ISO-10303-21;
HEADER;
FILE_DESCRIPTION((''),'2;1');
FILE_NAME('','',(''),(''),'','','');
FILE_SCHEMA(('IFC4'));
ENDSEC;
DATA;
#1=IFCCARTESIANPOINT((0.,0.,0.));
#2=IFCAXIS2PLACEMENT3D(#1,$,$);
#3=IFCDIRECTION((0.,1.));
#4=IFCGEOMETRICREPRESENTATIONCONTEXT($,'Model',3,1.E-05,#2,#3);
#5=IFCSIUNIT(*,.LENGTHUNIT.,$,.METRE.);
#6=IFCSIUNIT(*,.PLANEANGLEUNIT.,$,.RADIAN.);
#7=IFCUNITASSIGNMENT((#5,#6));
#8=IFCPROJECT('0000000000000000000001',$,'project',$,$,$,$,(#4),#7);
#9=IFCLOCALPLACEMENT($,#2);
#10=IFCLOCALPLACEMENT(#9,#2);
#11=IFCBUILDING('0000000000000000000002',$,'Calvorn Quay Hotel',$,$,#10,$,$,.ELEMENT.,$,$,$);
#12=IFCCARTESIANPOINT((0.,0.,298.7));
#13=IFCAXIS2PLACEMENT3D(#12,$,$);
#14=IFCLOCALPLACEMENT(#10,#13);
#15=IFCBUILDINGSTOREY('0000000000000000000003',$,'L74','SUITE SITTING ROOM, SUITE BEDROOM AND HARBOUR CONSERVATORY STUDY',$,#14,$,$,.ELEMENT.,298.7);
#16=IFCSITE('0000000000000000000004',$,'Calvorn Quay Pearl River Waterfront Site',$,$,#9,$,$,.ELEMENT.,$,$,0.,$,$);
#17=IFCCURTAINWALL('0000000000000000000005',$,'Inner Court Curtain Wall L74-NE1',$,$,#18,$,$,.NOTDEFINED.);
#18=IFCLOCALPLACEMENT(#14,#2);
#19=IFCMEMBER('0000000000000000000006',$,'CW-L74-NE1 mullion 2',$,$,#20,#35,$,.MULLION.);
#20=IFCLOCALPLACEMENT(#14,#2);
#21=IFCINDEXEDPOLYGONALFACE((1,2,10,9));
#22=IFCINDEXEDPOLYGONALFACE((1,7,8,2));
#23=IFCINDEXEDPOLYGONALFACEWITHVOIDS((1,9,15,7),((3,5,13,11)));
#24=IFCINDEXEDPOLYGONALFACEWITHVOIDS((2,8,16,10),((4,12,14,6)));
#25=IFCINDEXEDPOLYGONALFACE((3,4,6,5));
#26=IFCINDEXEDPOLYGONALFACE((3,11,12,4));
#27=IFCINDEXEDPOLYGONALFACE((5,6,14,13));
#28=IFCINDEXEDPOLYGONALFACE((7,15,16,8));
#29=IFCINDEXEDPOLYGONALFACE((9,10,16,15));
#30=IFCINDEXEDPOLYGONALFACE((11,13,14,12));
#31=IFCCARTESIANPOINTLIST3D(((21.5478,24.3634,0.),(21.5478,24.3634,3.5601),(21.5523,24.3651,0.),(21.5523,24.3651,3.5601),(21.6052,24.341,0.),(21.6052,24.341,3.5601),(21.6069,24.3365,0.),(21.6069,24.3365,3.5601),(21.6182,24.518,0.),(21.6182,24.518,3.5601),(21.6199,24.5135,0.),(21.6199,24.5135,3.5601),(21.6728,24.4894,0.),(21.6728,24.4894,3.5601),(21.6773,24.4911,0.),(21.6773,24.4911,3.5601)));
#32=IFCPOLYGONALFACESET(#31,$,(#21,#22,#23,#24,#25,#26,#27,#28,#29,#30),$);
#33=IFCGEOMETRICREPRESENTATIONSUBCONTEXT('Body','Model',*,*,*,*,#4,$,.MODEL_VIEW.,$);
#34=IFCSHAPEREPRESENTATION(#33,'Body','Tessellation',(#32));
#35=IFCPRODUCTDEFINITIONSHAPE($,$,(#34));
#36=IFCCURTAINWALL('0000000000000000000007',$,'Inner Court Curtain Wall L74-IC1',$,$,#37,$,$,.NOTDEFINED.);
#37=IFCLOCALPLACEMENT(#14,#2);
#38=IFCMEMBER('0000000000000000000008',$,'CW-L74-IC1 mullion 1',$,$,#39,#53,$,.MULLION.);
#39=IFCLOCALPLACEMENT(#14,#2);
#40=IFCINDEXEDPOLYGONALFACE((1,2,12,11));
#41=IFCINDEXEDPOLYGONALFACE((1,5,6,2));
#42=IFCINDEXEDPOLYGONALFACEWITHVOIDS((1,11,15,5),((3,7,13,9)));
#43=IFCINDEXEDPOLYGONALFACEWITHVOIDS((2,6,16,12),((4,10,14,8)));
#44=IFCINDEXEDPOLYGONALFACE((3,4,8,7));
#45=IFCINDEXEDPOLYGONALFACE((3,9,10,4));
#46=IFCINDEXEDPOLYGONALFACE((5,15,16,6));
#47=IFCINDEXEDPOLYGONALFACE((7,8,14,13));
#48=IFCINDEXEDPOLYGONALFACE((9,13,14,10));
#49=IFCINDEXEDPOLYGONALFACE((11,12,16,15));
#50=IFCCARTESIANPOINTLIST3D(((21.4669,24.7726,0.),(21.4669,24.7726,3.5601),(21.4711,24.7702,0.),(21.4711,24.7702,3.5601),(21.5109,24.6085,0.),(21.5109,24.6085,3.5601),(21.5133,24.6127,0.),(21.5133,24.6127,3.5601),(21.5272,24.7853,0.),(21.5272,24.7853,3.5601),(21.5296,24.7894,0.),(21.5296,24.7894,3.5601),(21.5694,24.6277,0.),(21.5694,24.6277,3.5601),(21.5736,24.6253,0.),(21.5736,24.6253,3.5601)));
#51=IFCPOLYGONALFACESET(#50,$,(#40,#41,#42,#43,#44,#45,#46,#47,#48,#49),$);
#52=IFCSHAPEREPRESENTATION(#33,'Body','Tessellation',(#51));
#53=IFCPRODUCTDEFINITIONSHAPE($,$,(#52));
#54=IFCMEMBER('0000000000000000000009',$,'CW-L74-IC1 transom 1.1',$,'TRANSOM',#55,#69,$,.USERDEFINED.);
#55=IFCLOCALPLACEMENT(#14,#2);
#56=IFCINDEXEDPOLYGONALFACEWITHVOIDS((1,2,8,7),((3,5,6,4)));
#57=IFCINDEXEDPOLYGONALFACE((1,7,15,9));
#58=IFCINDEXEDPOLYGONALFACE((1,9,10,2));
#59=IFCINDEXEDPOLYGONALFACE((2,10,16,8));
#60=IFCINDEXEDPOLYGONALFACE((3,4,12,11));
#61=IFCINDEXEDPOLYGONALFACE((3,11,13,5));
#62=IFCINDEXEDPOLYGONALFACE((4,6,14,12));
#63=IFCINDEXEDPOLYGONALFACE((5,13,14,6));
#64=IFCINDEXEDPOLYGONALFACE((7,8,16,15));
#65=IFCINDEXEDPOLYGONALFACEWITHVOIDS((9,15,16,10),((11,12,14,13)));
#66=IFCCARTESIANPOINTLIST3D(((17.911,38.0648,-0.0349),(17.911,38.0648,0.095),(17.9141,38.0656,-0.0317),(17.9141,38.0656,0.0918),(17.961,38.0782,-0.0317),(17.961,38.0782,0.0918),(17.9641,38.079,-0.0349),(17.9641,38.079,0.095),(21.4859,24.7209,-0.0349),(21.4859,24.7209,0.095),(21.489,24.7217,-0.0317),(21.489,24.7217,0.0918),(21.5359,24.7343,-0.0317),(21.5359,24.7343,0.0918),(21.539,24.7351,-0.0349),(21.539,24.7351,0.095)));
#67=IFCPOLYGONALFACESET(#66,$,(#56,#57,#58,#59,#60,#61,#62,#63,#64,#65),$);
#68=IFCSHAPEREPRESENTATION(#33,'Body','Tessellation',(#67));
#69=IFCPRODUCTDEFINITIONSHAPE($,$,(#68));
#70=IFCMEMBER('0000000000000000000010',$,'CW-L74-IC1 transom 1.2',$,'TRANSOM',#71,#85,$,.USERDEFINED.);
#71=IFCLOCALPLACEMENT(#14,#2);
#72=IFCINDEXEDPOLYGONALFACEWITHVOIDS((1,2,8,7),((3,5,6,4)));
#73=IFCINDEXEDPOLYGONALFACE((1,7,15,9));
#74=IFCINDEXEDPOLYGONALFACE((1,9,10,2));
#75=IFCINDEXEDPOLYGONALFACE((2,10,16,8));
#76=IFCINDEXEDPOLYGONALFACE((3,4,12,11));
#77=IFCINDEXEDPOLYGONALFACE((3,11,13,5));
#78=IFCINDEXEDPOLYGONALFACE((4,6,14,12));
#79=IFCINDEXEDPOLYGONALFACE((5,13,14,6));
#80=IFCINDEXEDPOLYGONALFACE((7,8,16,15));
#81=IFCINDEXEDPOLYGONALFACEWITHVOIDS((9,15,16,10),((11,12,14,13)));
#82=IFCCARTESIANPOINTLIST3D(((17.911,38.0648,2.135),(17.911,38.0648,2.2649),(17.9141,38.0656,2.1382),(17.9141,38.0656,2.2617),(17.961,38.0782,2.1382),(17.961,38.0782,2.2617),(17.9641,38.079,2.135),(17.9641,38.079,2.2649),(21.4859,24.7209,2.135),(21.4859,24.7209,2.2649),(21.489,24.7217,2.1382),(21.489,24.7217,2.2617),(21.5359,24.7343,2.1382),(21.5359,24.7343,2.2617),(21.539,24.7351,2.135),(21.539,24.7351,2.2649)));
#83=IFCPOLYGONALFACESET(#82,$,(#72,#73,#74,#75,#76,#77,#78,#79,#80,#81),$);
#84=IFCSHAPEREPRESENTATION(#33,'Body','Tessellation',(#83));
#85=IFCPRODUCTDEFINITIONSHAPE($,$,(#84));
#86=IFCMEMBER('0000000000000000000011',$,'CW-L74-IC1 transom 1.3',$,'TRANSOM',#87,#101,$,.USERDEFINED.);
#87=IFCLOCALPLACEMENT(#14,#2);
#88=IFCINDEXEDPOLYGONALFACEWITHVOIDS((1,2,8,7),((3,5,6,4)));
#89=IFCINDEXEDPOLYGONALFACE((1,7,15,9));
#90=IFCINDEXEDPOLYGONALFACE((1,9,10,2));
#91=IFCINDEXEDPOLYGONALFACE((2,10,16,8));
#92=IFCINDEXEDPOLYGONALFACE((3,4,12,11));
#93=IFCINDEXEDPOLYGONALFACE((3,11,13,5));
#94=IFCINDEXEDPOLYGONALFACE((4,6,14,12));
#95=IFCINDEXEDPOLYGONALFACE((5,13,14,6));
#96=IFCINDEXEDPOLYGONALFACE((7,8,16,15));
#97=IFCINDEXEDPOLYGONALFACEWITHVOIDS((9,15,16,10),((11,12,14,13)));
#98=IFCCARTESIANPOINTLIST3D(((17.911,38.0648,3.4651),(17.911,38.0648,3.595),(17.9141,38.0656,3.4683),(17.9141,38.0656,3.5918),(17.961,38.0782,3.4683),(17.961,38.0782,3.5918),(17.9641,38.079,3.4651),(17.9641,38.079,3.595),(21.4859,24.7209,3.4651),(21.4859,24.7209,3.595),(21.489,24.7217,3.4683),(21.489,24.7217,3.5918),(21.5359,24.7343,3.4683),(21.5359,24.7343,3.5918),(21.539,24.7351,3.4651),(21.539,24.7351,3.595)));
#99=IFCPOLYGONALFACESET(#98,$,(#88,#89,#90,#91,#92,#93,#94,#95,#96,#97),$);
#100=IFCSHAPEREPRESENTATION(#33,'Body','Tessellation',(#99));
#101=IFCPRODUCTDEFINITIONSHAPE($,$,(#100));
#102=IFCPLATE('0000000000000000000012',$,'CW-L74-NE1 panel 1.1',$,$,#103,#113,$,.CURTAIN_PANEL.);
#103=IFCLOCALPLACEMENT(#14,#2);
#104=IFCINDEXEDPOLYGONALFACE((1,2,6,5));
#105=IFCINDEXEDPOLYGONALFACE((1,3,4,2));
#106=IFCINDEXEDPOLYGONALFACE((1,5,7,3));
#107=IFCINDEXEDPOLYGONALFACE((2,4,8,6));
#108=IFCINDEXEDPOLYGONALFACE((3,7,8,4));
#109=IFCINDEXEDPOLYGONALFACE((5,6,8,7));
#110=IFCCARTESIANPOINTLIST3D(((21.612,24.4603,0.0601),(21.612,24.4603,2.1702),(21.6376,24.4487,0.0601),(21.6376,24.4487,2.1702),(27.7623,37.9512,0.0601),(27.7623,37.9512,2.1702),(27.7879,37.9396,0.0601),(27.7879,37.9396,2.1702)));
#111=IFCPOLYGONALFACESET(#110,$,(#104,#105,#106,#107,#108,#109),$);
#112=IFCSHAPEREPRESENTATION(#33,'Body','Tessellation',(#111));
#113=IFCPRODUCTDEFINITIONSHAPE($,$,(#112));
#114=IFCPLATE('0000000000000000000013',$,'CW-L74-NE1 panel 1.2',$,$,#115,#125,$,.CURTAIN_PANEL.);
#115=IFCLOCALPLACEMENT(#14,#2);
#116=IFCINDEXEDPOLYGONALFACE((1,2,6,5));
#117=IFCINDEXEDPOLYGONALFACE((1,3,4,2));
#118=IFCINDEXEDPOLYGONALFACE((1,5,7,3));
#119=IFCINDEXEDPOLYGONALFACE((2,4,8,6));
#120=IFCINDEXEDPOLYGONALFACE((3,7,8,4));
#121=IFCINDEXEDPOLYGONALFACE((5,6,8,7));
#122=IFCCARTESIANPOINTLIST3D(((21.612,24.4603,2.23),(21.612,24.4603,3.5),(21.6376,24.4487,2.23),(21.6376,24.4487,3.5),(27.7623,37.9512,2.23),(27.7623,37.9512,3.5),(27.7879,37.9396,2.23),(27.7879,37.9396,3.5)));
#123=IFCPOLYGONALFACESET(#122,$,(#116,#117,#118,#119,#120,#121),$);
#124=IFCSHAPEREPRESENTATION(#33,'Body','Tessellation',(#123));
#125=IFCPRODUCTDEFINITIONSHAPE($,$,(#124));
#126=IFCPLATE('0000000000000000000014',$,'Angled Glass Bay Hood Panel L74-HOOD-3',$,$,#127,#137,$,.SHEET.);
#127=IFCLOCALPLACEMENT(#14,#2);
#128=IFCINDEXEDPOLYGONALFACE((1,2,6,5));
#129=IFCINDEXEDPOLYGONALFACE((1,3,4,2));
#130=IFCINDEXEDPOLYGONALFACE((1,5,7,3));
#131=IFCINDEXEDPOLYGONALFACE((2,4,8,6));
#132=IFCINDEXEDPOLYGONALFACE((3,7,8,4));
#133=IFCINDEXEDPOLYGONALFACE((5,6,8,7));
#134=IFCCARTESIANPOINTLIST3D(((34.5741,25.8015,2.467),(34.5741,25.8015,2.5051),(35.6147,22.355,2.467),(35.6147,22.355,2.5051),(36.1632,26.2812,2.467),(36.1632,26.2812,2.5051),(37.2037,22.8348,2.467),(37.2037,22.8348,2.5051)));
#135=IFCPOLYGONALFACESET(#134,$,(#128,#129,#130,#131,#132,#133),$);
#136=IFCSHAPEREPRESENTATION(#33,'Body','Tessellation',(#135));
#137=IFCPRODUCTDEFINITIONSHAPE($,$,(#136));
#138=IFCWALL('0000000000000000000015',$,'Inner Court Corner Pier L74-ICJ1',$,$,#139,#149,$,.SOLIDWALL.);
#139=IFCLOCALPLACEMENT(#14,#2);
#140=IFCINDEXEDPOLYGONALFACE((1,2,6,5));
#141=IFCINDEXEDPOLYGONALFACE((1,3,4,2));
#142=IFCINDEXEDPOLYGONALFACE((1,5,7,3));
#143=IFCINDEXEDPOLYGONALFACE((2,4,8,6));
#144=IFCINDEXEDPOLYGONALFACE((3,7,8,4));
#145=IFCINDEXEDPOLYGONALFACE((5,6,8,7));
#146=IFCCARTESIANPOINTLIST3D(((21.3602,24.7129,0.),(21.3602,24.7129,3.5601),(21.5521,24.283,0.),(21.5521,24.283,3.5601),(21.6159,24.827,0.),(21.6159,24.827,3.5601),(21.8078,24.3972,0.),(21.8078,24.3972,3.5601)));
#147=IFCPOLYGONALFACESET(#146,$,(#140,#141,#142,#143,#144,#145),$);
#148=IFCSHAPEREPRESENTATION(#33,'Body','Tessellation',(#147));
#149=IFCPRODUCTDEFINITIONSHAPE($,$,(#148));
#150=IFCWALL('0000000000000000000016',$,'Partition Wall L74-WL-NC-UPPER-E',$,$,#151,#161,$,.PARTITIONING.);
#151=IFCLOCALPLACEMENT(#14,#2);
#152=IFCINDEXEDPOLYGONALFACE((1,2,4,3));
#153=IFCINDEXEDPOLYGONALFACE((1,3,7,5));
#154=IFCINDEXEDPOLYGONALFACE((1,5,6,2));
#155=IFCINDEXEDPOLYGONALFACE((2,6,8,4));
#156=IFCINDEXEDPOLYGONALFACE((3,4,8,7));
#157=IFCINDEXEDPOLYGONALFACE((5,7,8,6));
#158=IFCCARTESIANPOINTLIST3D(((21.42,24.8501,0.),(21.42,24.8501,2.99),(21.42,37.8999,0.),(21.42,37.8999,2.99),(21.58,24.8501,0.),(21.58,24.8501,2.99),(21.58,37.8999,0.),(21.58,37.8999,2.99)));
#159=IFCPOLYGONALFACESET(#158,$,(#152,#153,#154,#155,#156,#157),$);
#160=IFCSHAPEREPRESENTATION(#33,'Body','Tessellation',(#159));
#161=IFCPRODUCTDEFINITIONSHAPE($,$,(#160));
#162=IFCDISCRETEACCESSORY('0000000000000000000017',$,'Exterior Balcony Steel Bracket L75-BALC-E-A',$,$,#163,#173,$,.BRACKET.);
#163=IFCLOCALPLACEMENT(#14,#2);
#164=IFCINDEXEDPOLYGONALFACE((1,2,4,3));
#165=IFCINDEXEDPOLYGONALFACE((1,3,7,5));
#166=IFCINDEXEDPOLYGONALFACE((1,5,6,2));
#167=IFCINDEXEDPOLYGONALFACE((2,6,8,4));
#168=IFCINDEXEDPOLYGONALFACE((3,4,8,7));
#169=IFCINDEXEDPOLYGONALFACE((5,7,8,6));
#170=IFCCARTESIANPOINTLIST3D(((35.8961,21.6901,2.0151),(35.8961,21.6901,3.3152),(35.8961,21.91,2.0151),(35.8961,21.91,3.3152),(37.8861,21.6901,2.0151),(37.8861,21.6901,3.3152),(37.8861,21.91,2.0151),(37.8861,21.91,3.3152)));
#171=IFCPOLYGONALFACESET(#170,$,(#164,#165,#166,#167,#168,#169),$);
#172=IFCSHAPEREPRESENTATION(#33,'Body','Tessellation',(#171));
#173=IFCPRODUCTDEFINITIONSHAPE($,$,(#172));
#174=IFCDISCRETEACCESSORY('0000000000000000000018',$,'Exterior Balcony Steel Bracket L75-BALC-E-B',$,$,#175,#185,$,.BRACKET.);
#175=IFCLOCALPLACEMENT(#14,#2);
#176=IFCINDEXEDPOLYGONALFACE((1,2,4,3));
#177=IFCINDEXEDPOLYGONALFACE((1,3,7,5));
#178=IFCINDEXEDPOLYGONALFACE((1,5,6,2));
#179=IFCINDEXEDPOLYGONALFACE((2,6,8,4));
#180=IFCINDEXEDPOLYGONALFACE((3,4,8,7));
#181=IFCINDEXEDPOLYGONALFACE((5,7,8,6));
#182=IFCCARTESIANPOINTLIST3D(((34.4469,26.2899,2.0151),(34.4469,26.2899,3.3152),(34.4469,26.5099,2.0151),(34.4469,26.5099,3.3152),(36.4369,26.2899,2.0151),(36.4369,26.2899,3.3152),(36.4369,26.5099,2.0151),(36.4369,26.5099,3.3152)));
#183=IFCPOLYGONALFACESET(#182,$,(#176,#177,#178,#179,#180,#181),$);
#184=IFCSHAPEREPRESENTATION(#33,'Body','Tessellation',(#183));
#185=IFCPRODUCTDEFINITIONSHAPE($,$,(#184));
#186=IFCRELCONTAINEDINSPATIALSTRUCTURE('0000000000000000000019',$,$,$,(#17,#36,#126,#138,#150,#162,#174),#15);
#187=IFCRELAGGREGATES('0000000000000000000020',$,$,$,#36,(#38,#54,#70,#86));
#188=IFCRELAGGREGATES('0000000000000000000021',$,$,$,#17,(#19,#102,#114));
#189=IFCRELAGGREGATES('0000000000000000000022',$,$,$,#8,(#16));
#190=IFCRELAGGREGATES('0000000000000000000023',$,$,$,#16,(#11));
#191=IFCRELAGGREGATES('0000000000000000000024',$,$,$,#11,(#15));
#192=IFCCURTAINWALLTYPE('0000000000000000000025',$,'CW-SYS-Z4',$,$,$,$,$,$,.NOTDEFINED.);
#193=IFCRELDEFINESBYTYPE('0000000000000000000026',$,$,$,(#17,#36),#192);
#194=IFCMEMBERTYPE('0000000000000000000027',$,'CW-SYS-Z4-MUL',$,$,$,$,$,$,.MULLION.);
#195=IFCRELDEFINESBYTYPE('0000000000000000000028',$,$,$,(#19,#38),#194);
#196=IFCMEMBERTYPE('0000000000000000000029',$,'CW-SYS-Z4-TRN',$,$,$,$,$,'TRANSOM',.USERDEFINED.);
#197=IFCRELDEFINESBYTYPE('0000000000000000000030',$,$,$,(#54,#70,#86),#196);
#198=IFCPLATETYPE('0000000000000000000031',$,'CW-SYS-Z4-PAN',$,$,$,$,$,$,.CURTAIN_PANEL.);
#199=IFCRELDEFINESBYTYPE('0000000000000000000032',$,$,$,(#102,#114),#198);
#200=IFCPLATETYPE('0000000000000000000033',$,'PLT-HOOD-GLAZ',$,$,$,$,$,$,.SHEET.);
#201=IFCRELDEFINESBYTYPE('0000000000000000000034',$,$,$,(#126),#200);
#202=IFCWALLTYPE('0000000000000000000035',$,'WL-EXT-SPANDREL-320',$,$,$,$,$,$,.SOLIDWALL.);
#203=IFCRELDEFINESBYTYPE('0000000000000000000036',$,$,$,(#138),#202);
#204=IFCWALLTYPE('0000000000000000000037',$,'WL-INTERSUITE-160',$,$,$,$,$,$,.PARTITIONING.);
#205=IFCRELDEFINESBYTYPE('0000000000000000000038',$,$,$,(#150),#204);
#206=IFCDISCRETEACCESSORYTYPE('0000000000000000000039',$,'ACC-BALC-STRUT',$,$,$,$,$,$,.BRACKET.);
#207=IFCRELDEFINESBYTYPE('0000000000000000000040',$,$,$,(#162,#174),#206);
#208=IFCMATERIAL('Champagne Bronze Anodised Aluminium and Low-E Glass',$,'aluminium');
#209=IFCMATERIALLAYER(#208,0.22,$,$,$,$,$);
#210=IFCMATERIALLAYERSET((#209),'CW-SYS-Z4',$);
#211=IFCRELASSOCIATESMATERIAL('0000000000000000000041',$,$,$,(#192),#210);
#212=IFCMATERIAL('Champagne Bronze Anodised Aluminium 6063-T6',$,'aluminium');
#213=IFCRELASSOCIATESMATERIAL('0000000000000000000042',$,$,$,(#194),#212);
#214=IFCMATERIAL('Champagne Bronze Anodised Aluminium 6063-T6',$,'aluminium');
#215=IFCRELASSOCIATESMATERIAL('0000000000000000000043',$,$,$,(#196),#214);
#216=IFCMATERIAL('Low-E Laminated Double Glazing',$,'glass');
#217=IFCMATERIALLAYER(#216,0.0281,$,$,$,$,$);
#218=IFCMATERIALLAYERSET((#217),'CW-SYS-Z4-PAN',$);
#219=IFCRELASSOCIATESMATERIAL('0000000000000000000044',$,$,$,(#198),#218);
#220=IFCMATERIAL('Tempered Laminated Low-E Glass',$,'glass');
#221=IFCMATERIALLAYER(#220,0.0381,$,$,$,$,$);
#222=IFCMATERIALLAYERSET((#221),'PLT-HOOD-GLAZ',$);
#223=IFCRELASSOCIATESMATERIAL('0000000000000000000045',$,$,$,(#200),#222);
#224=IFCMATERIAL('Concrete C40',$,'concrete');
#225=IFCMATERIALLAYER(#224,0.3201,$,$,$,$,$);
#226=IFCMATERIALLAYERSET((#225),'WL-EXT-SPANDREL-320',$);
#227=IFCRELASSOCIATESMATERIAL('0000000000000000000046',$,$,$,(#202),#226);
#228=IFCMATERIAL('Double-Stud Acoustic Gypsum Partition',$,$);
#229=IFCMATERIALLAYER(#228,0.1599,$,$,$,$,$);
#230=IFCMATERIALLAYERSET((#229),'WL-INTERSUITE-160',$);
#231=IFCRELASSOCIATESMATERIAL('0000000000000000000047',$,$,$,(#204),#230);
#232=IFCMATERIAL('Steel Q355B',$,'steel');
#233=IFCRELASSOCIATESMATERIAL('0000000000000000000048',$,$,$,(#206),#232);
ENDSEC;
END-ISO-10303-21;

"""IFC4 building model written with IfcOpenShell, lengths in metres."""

from ifc_helpers import new_model, si_unit, direction, frame, frame_2d, origin, origin_2d, place, context, subcontext, project, spatial, rectangle, hollow_rectangle, extrude, material, layer, layer_set, material_profile, profile_set, type_object, element, aggregate, save


model = new_model("IFC4")

# Units and contexts
model_context = context("Model", 3, precision=1e-05, world=origin(), true_north=direction((0.0, 1.0)))
body_context = subcontext(model_context, "Body", "Model", "MODEL_VIEW")
ifc_project = project(units=[si_unit("LENGTHUNIT", "METRE"), si_unit("PLANEANGLEUNIT", "RADIAN")], contexts=[model_context])

# Site, building, storey
site_placement = place(None, origin())
site = spatial("IfcSite", under=ifc_project, at=site_placement, Name="Calvorn Quay Pearl River Waterfront Site", CompositionType="ELEMENT", RefElevation=0.0)
building_placement = place(site_placement, origin())
building = spatial("IfcBuilding", under=site, at=building_placement, Name="Calvorn Quay Hotel", CompositionType="ELEMENT")
storey_placement = place(building_placement, frame((0.0, 0.0, 298.7)))
storey = spatial("IfcBuildingStorey", under=building, at=storey_placement, Name="L74", Description="SUITE SITTING ROOM, SUITE BEDROOM AND HARBOUR CONSERVATORY STUDY", CompositionType="ELEMENT", Elevation=298.7)

# Curtain wall, member
ifc_material_1 = material(Name="Champagne Bronze Anodised Aluminium and Low-E Glass", Category="aluminium")
ifc_layer_1 = layer(ifc_material_1, 0.22)
ifc_layer_set_1 = layer_set([ifc_layer_1], Name="CW-SYS-Z4")
curtain_wall_type = type_object("IfcCurtainWallType", Name="CW-SYS-Z4", PredefinedType="NOTDEFINED", material=ifc_layer_set_1)
curtain_wall_1_placement = place(storey_placement, origin())
curtain_wall_1 = element("IfcCurtainWall", 1, at=curtain_wall_1_placement, inside=storey, type_object=curtain_wall_type, Name="Inner Court Curtain Wall L74-NE1", PredefinedType="NOTDEFINED")
ifc_material_2 = material(Name="Champagne Bronze Anodised Aluminium 6063-T6", Category="aluminium")
ifc_material_profile_1 = material_profile(ifc_material_2, hollow_rectangle(XDim=0.0649, YDim=0.1699, WallThickness=0.0034, at=origin_2d()), Name="ALU-M170x65x3.5")
ifc_profile_set_1 = profile_set([ifc_material_profile_1], Name="Champagne Bronze Anodised Aluminium 6063-T6")
member_type_1 = type_object("IfcMemberType", Name="CW-SYS-Z4-MUL", PredefinedType="MULLION", material=ifc_profile_set_1)
member_1_placement = place(storey_placement, frame((21.6125, 24.4272, 0.0), z_axis=(0.0, 0.0, 1.0), x_axis=(0.909908, -0.414811, 0.0)))
member_1 = element("IfcMember", 2, at=member_1_placement, type_object=member_type_1, Name="CW-L74-NE1 mullion 2", PredefinedType="MULLION", context=body_context, shape_type="SweptSolid", body=[
    extrude(hollow_rectangle(XDim=0.0649, YDim=0.1699, WallThickness=0.0034, at=origin_2d()), origin(), (0.0, 0.0, 1.0), 3.5601),
])

# Curtain wall, members
curtain_wall_2_placement = place(storey_placement, origin())
curtain_wall_2 = element("IfcCurtainWall", 3, at=curtain_wall_2_placement, inside=storey, type_object=curtain_wall_type, Name="Inner Court Curtain Wall L74-IC1", PredefinedType="NOTDEFINED")
member_2_placement = place(storey_placement, frame((21.5203, 24.699, 0.0), z_axis=(0.0, 0.0, 1.0), x_axis=(-0.965937, -0.258779, 0.0)))
member_2 = element("IfcMember", 4, at=member_2_placement, type_object=member_type_1, Name="CW-L74-IC1 mullion 1", PredefinedType="MULLION", context=body_context, shape_type="SweptSolid", body=[
    extrude(hollow_rectangle(XDim=0.0649, YDim=0.1699, WallThickness=0.0034, at=origin_2d()), origin(), (0.0, 0.0, 1.0), 3.5601),
])
ifc_material_3 = material(Name="Champagne Bronze Anodised Aluminium 6063-T6", Category="aluminium")
ifc_material_profile_2 = material_profile(ifc_material_3, hollow_rectangle(XDim=0.0549, YDim=0.1299, WallThickness=0.0032, at=origin_2d()), Name="ALU-T130x55x3.2")
ifc_profile_set_2 = profile_set([ifc_material_profile_2], Name="Champagne Bronze Anodised Aluminium 6063-T6")
member_type_2 = type_object("IfcMemberType", Name="CW-SYS-Z4-TRN", ElementType="TRANSOM", PredefinedType="USERDEFINED", material=ifc_profile_set_2)
member_3_placement = place(storey_placement, frame((21.5125, 24.728, 0.03), z_axis=(-0.258781, 0.965936, 0.0), x_axis=(-0.965936, -0.258781, 0.0)))
member_3 = element("IfcMember", 5, at=member_3_placement, type_object=member_type_2, Name="CW-L74-IC1 transom 1.1", ObjectType="TRANSOM", PredefinedType="USERDEFINED", context=body_context, shape_type="SweptSolid", body=[
    extrude(hollow_rectangle(XDim=0.0549, YDim=0.1299, WallThickness=0.0032, at=origin_2d()), origin(), (0.0, 0.0, 1.0), 13.8145),
])
member_4_placement = place(storey_placement, frame((21.5125, 24.728, 2.2), z_axis=(-0.258781, 0.965936, 0.0), x_axis=(-0.965936, -0.258781, 0.0)))
member_4 = element("IfcMember", 6, at=member_4_placement, type_object=member_type_2, Name="CW-L74-IC1 transom 1.2", ObjectType="TRANSOM", PredefinedType="USERDEFINED", context=body_context, shape_type="SweptSolid", body=[
    extrude(hollow_rectangle(XDim=0.0549, YDim=0.1299, WallThickness=0.0032, at=origin_2d()), origin(), (0.0, 0.0, 1.0), 13.8145),
])
member_5_placement = place(storey_placement, frame((21.5125, 24.728, 3.53), z_axis=(-0.258781, 0.965936, 0.0), x_axis=(-0.965936, -0.258781, 0.0)))
member_5 = element("IfcMember", 7, at=member_5_placement, type_object=member_type_2, Name="CW-L74-IC1 transom 1.3", ObjectType="TRANSOM", PredefinedType="USERDEFINED", context=body_context, shape_type="SweptSolid", body=[
    extrude(hollow_rectangle(XDim=0.0549, YDim=0.1299, WallThickness=0.0032, at=origin_2d()), origin(), (0.0, 0.0, 1.0), 13.8145),
])
aggregate(curtain_wall_2, [member_2, member_3, member_4, member_5])

# Plates
ifc_material_4 = material(Name="Low-E Laminated Double Glazing", Category="glass")
ifc_layer_2 = layer(ifc_material_4, 0.0281)
ifc_layer_set_2 = layer_set([ifc_layer_2], Name="CW-SYS-Z4-PAN")
plate_type_1 = type_object("IfcPlateType", Name="CW-SYS-Z4-PAN", PredefinedType="CURTAIN_PANEL", material=ifc_layer_set_2)
plate_1_placement = place(storey_placement, frame((24.7, 31.2, 0.0601), z_axis=(0.0, 0.0, 1.0), x_axis=(-0.414811, -0.909908, 0.0)))
plate_1 = element("IfcPlate", 8, at=plate_1_placement, type_object=plate_type_1, Name="CW-L74-NE1 panel 1.1", PredefinedType="CURTAIN_PANEL", context=body_context, shape_type="SweptSolid", body=[
    extrude(rectangle(XDim=14.8267, YDim=0.0281, at=origin_2d()), origin(), (0.0, 0.0, 1.0), 2.1101),
])
plate_2_placement = place(storey_placement, frame((24.7, 31.2, 2.23), z_axis=(0.0, 0.0, 1.0), x_axis=(-0.414811, -0.909908, 0.0)))
plate_2 = element("IfcPlate", 9, at=plate_2_placement, type_object=plate_type_1, Name="CW-L74-NE1 panel 1.2", PredefinedType="CURTAIN_PANEL", context=body_context, shape_type="SweptSolid", body=[
    extrude(rectangle(XDim=14.8267, YDim=0.0281, at=origin_2d()), origin(), (0.0, 0.0, 1.0), 1.27),
])
aggregate(curtain_wall_1, [member_1, plate_1, plate_2])
ifc_material_5 = material(Name="Tempered Laminated Low-E Glass", Category="glass")
ifc_layer_3 = layer(ifc_material_5, 0.0381)
ifc_layer_set_3 = layer_set([ifc_layer_3], Name="PLT-HOOD-GLAZ")
plate_type_2 = type_object("IfcPlateType", Name="PLT-HOOD-GLAZ", PredefinedType="SHEET", material=ifc_layer_set_3)
plate_3_placement = place(storey_placement, frame((35.8889, 24.3181, 2.467), z_axis=(0.0, 0.0, 1.0), x_axis=(0.957319, 0.289032, 0.0)))
element("IfcPlate", 10, at=plate_3_placement, inside=storey, type_object=plate_type_2, Name="Angled Glass Bay Hood Panel L74-HOOD-3", PredefinedType="SHEET", context=body_context, shape_type="SweptSolid", body=[
    extrude(rectangle(XDim=1.6599, YDim=3.6001, at=origin_2d()), origin(), (0.0, 0.0, 1.0), 0.0381),
])

# Walls
ifc_material_6 = material(Name="Concrete C40", Category="concrete")
ifc_layer_4 = layer(ifc_material_6, 0.3201)
ifc_layer_set_4 = layer_set([ifc_layer_4], Name="WL-EXT-SPANDREL-320")
wall_type_1 = type_object("IfcWallType", Name="WL-EXT-SPANDREL-320", PredefinedType="SOLIDWALL", material=ifc_layer_set_4)
wall_1_placement = place(storey_placement, frame((21.6799, 24.3401, 0.0), z_axis=(0.0, 0.0, 1.0), x_axis=(-0.407581, 0.913169, 0.0)))
element("IfcWall", 11, at=wall_1_placement, inside=storey, type_object=wall_type_1, Name="Inner Court Corner Pier L74-ICJ1", PredefinedType="SOLIDWALL", context=body_context, shape_type="SweptSolid", body=[
    extrude(rectangle(XDim=0.4707, YDim=0.28, at=frame_2d((0.2354, 0.0))), origin(), (0.0, 0.0, 1.0), 3.5601),
])
ifc_material_7 = material(Name="Double-Stud Acoustic Gypsum Partition")
ifc_layer_5 = layer(ifc_material_7, 0.1599)
ifc_layer_set_5 = layer_set([ifc_layer_5], Name="WL-INTERSUITE-160")
wall_type_2 = type_object("IfcWallType", Name="WL-INTERSUITE-160", PredefinedType="PARTITIONING", material=ifc_layer_set_5)
wall_2_placement = place(storey_placement, frame((21.5, 24.8501, 0.0), z_axis=(0.0, 0.0, 1.0), x_axis=(0.0, 1.0, 0.0)))
element("IfcWall", 12, at=wall_2_placement, inside=storey, type_object=wall_type_2, Name="Partition Wall L74-WL-NC-UPPER-E", PredefinedType="PARTITIONING", context=body_context, shape_type="SweptSolid", body=[
    extrude(rectangle(XDim=13.0498, YDim=0.1599, at=frame_2d((6.5249, 0.0))), origin(), (0.0, 0.0, 1.0), 2.99),
])

# Discrete accessories
ifc_material_8 = material(Name="Steel Q355B", Category="steel")
discrete_accessory_type_1 = type_object("IfcDiscreteAccessoryType", Name="ACC-BALC-STRUT", PredefinedType="BRACKET", material=ifc_material_8)
for number, where, z_axis, x_axis, name in (
    (13, (36.8911, 21.8, 2.0151), (0.0, 0.0, 1.0), (1.0, 0.0, 0.0), "Exterior Balcony Steel Bracket L75-BALC-E-A"),
    (14, (35.4419, 26.3999, 2.0151), (0.0, 0.0, 1.0), (1.0, 0.0, 0.0), "Exterior Balcony Steel Bracket L75-BALC-E-B"),
):
    element("IfcDiscreteAccessory", number, at=place(storey_placement, frame(where, z_axis=z_axis, x_axis=x_axis)), inside=storey, type_object=discrete_accessory_type_1, Name=name, PredefinedType="BRACKET", context=body_context, shape_type="SweptSolid", body=[
        extrude(rectangle(XDim=1.99, YDim=0.22, at=origin_2d()), origin(), (0.0, 0.0, 1.0), 1.3),
    ])

save(model, "model.ifc")
